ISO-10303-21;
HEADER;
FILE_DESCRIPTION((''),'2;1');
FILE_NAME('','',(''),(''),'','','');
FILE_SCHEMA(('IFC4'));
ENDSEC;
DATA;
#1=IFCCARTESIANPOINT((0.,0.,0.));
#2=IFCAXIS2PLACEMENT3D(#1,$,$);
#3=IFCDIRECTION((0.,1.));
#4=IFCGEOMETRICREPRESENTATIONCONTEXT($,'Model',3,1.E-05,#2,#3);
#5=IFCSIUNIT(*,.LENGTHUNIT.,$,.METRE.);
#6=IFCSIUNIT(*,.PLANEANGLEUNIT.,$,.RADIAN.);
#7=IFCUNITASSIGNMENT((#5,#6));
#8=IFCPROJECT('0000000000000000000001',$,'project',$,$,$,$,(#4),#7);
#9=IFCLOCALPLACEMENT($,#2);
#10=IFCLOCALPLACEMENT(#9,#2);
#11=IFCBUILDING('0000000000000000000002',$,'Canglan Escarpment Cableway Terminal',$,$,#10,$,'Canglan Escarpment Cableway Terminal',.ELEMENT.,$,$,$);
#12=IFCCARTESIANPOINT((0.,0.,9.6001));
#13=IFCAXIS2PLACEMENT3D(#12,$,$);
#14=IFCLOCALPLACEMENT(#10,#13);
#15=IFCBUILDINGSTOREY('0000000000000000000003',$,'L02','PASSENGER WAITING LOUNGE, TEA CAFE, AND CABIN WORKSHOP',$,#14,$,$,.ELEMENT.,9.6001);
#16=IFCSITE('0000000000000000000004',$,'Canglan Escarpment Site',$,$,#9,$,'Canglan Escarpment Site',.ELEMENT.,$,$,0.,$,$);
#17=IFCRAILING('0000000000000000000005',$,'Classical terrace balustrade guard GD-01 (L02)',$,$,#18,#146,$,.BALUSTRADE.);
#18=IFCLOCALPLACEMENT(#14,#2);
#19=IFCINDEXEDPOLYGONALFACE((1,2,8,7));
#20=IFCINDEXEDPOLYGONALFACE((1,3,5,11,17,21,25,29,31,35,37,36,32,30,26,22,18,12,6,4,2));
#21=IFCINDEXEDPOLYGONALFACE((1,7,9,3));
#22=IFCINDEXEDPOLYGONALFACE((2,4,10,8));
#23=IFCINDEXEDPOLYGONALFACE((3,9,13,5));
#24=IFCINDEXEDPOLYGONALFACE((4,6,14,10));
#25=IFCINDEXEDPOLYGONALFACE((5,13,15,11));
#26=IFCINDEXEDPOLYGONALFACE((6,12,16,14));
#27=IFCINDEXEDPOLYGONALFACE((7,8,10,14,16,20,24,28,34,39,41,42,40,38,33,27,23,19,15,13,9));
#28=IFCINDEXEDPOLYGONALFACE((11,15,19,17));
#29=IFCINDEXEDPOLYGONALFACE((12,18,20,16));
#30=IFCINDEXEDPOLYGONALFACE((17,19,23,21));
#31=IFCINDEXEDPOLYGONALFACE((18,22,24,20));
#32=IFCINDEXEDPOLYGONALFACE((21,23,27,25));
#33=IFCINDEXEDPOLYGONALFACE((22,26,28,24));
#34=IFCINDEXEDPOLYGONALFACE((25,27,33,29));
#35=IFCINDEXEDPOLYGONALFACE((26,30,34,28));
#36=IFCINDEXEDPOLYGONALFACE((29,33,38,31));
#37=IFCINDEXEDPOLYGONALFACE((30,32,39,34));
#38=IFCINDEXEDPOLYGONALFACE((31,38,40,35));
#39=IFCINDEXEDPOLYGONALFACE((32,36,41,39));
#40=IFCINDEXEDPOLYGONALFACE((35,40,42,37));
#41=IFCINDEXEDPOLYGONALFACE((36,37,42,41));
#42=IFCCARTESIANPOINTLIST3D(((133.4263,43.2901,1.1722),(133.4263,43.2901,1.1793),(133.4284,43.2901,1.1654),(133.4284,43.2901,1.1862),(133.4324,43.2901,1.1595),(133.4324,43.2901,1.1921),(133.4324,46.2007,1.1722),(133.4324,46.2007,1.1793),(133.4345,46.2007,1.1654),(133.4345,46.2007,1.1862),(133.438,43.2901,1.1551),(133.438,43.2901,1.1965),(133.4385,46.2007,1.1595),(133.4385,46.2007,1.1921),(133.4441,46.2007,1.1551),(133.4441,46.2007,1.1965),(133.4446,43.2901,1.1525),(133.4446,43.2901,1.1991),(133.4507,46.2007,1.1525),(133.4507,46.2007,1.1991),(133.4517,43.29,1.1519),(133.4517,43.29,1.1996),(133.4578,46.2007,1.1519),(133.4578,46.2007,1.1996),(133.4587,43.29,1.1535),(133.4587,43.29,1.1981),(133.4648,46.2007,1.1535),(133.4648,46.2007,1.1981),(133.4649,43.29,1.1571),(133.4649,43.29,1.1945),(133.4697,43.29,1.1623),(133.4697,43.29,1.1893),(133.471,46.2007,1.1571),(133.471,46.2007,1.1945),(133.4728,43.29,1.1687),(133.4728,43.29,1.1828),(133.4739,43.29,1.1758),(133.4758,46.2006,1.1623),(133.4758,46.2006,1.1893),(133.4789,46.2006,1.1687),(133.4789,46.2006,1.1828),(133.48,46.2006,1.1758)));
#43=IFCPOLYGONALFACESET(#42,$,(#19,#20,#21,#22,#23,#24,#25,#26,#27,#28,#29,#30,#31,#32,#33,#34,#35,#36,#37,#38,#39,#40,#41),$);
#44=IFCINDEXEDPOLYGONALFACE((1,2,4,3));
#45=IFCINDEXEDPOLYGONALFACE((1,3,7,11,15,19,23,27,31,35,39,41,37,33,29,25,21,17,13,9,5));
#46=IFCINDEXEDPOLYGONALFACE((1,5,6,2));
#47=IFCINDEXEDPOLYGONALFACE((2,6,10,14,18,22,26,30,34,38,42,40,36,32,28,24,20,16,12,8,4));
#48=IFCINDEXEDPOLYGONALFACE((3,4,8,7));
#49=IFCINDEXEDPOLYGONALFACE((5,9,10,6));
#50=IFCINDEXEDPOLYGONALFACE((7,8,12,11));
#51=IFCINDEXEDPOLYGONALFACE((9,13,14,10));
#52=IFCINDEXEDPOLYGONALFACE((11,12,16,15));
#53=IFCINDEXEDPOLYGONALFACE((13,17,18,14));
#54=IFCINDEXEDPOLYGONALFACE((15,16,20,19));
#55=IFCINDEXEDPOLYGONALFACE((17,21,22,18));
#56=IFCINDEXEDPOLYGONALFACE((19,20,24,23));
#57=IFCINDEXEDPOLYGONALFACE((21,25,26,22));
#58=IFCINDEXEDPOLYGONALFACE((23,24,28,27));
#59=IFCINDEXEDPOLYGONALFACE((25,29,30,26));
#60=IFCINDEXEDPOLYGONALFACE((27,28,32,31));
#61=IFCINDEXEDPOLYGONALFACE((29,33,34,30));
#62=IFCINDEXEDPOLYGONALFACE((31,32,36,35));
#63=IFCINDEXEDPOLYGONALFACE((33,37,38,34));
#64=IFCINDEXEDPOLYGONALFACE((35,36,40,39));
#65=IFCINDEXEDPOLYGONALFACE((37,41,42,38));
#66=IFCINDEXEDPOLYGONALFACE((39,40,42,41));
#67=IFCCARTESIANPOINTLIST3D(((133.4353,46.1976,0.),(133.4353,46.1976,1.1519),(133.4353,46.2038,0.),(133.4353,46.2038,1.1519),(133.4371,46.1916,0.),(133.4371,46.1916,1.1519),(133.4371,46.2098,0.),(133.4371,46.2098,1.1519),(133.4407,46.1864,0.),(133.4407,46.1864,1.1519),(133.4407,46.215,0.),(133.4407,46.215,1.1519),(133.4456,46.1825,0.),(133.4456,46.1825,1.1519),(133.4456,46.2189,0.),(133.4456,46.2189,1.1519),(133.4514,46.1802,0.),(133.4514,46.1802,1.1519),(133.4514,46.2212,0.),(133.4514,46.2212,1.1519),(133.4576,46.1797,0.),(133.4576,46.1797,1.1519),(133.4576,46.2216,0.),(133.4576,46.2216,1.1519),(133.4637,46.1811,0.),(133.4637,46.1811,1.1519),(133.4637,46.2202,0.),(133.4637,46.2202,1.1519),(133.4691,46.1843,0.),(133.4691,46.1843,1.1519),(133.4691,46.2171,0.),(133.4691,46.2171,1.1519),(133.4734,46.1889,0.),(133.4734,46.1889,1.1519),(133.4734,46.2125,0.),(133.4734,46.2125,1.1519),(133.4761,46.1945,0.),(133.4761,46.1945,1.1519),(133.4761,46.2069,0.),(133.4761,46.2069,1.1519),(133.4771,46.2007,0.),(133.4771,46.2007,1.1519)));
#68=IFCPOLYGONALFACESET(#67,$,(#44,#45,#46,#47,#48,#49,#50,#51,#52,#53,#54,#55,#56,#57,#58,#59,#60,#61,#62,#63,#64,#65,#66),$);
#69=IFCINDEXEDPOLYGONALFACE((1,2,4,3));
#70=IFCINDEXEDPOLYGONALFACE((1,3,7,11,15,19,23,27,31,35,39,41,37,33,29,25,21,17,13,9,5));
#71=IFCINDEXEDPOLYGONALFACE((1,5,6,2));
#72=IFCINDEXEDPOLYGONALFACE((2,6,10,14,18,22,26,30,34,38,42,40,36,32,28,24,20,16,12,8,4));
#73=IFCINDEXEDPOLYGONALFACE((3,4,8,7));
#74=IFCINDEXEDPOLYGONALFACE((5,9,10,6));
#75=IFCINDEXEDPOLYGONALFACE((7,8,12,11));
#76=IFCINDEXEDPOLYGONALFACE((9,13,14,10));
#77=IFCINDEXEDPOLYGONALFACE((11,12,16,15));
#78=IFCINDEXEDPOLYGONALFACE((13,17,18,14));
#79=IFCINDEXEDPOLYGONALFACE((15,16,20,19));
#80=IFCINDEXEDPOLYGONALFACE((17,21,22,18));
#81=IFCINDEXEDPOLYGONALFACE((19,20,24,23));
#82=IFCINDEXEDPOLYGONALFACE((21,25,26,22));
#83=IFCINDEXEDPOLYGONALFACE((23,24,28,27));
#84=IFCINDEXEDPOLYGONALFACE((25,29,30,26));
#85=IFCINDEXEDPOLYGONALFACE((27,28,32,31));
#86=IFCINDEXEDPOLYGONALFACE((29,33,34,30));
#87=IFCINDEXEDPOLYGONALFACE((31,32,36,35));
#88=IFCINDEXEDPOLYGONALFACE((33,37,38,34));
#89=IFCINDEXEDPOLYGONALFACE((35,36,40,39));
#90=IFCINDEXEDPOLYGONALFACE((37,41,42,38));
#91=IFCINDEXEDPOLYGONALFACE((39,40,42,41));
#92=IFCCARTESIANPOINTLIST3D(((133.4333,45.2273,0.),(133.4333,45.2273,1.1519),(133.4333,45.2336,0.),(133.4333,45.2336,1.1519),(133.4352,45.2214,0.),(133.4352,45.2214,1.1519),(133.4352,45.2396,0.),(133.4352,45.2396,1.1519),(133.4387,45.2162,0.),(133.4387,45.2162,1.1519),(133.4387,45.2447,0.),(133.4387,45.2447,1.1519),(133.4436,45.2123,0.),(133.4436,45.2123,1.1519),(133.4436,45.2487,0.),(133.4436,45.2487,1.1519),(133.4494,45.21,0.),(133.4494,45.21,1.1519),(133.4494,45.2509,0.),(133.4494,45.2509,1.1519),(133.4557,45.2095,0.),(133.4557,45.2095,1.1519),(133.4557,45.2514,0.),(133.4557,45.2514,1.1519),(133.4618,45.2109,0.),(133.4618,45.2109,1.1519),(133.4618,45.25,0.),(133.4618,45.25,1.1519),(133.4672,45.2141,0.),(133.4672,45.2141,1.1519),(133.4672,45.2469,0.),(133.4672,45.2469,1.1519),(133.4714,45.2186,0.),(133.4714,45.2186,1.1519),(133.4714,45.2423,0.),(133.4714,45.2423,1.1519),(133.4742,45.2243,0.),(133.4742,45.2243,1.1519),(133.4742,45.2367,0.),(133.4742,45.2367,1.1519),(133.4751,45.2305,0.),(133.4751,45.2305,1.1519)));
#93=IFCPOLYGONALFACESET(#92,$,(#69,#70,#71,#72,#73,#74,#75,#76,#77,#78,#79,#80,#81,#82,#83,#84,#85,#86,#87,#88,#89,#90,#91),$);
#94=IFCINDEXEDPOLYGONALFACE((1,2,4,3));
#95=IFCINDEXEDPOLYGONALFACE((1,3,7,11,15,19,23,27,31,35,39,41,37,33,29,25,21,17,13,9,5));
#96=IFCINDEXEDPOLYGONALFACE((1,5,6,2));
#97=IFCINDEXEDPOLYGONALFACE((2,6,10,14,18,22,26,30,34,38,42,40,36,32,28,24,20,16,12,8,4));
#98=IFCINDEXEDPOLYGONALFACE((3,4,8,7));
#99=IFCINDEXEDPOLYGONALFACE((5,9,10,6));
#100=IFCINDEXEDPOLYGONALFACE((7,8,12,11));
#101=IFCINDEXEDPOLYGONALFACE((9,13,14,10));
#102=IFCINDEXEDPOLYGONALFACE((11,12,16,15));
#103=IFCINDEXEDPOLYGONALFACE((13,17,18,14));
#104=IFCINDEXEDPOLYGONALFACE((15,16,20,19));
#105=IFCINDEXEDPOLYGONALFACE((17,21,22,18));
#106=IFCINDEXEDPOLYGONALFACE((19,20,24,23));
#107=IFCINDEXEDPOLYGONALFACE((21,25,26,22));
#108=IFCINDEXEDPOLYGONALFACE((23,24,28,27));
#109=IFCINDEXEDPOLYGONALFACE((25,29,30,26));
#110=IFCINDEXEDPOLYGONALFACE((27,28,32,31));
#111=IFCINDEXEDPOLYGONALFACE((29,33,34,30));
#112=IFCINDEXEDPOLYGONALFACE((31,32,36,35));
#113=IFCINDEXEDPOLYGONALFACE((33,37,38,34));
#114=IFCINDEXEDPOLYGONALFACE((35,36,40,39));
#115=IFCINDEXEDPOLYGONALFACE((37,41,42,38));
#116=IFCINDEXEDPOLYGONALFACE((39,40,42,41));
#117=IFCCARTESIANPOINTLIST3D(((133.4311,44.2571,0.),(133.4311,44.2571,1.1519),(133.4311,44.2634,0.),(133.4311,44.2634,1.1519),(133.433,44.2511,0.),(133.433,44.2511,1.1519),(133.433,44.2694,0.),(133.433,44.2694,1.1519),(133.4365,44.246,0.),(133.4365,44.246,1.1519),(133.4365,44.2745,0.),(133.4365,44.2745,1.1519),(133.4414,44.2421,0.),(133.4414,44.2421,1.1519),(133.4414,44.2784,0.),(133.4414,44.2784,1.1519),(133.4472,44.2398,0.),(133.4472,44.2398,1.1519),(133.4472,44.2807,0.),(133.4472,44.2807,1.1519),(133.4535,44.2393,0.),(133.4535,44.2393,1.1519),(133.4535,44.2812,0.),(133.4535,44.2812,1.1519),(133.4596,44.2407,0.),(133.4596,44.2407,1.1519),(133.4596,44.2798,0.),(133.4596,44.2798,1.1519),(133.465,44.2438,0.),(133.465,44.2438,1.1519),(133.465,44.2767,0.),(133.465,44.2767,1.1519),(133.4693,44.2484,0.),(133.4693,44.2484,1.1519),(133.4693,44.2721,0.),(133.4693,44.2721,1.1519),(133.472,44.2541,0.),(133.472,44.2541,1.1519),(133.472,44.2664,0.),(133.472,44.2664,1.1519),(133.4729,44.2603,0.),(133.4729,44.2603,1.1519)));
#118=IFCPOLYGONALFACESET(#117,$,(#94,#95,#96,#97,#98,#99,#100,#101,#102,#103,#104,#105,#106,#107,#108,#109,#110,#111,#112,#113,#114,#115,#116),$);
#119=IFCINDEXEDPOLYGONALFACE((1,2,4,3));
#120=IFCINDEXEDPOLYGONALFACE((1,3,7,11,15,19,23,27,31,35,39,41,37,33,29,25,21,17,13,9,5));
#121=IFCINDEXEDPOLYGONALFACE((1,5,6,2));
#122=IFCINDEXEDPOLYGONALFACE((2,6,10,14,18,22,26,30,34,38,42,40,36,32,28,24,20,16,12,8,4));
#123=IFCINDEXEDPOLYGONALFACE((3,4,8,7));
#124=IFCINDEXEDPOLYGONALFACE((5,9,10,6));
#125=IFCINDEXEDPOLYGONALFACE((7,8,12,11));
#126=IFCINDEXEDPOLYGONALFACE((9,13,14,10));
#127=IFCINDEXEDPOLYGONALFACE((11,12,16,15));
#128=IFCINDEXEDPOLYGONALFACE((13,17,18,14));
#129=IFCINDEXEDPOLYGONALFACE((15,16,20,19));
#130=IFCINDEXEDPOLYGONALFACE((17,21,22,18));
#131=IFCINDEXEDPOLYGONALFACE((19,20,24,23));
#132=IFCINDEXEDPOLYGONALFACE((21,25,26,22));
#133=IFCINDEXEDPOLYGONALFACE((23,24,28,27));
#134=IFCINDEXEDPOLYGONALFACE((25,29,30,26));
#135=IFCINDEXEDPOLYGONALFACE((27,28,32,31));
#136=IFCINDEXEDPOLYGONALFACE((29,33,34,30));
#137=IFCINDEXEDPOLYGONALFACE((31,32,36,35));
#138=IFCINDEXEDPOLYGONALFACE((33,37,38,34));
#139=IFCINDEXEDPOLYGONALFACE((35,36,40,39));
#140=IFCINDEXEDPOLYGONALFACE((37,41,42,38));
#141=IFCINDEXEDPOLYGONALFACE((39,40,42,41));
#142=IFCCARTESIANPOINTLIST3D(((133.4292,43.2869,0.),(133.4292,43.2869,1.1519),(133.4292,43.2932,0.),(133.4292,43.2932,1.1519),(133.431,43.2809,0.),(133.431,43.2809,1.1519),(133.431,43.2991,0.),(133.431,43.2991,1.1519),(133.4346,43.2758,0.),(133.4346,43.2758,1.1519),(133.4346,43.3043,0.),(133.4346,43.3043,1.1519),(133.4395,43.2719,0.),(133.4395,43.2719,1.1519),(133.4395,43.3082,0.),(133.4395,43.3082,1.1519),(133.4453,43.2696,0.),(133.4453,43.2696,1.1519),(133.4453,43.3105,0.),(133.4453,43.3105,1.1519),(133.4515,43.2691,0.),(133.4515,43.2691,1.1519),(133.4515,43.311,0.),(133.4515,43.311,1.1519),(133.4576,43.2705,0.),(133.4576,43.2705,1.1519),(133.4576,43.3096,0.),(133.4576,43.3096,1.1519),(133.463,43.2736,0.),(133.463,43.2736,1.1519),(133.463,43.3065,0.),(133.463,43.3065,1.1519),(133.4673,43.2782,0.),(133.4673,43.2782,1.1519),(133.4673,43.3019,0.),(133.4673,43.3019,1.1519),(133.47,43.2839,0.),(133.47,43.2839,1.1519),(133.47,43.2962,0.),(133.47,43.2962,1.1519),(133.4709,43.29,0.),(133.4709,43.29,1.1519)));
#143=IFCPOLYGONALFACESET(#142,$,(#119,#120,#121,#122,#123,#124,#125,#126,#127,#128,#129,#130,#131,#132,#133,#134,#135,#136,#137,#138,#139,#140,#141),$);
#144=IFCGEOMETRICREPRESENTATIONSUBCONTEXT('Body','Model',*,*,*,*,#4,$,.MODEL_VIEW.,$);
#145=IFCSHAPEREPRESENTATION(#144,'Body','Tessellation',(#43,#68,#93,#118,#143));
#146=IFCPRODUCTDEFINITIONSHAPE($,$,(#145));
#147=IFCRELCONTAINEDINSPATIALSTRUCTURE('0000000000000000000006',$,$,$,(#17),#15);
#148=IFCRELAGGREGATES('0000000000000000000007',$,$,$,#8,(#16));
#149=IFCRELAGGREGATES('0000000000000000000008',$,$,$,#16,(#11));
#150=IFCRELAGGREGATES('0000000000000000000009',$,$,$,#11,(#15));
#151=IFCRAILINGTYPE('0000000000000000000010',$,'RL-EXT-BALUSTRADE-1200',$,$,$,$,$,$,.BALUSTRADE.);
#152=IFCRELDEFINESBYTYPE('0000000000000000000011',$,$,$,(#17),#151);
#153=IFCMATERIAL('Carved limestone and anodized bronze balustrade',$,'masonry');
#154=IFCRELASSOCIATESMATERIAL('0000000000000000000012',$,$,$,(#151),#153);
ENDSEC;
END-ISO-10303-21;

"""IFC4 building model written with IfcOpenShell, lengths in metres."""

from ifc_helpers import new_model, si_unit, direction, frame, origin, origin_2d, place, context, subcontext, project, spatial, circle, extrude, material, type_object, element, save


model = new_model("IFC4")

# Units and contexts
model_context = context("Model", 3, precision=1e-05, world=origin(), true_north=direction((0.0, 1.0)))
body_context = subcontext(model_context, "Body", "Model", "MODEL_VIEW")
ifc_project = project(units=[si_unit("LENGTHUNIT", "METRE"), si_unit("PLANEANGLEUNIT", "RADIAN")], contexts=[model_context])

# Site, building, storey
site_placement = place(None, origin())
site = spatial("IfcSite", under=ifc_project, at=site_placement, Name="Canglan Escarpment Site", LongName="Canglan Escarpment Site", CompositionType="ELEMENT", RefElevation=0.0)
building_placement = place(site_placement, origin())
building = spatial("IfcBuilding", under=site, at=building_placement, Name="Canglan Escarpment Cableway Terminal", LongName="Canglan Escarpment Cableway Terminal", CompositionType="ELEMENT")
storey_placement = place(building_placement, frame((0.0, 0.0, 9.6001)))
storey = spatial("IfcBuildingStorey", under=building, at=storey_placement, Name="L02", Description="PASSENGER WAITING LOUNGE, TEA CAFE, AND CABIN WORKSHOP", CompositionType="ELEMENT", Elevation=9.6001)

# Railing
ifc_material_1 = material(Name="Carved limestone and anodized bronze balustrade", Category="masonry")
railing_type = type_object("IfcRailingType", Name="RL-EXT-BALUSTRADE-1200", PredefinedType="BALUSTRADE", material=ifc_material_1)
railing_1_placement = place(storey_placement, frame((133.4561, 46.2007, 0.0)))
element("IfcRailing", 1, at=railing_1_placement, inside=storey, type_object=railing_type, Name="Classical terrace balustrade guard GD-01 (L02)", PredefinedType="BALUSTRADE", context=body_context, shape_type="SweptSolid", body=[
    extrude(circle(Radius=0.0239, at=origin_2d()), frame((0.0, 0.0, 1.1758), z_axis=(-0.002097, -0.999998, 0.0), x_axis=(0.999998, -0.002097, 0.0)), (0.0, 0.0, 1.0), 2.9106),
    extrude(circle(Radius=0.021, at=origin_2d()), origin(), (0.0, 0.0, 1.0), 1.1519),
    extrude(circle(Radius=0.021, at=origin_2d()), frame((-0.002, -0.9702, 0.0)), (0.0, 0.0, 1.0), 1.1519),
    extrude(circle(Radius=0.021, at=origin_2d()), frame((-0.0042, -1.9404, 0.0)), (0.0, 0.0, 1.0), 1.1519),
    extrude(circle(Radius=0.021, at=origin_2d()), frame((-0.0061, -2.9106, 0.0)), (0.0, 0.0, 1.0), 1.1519),
])

save(model, "model.ifc")
